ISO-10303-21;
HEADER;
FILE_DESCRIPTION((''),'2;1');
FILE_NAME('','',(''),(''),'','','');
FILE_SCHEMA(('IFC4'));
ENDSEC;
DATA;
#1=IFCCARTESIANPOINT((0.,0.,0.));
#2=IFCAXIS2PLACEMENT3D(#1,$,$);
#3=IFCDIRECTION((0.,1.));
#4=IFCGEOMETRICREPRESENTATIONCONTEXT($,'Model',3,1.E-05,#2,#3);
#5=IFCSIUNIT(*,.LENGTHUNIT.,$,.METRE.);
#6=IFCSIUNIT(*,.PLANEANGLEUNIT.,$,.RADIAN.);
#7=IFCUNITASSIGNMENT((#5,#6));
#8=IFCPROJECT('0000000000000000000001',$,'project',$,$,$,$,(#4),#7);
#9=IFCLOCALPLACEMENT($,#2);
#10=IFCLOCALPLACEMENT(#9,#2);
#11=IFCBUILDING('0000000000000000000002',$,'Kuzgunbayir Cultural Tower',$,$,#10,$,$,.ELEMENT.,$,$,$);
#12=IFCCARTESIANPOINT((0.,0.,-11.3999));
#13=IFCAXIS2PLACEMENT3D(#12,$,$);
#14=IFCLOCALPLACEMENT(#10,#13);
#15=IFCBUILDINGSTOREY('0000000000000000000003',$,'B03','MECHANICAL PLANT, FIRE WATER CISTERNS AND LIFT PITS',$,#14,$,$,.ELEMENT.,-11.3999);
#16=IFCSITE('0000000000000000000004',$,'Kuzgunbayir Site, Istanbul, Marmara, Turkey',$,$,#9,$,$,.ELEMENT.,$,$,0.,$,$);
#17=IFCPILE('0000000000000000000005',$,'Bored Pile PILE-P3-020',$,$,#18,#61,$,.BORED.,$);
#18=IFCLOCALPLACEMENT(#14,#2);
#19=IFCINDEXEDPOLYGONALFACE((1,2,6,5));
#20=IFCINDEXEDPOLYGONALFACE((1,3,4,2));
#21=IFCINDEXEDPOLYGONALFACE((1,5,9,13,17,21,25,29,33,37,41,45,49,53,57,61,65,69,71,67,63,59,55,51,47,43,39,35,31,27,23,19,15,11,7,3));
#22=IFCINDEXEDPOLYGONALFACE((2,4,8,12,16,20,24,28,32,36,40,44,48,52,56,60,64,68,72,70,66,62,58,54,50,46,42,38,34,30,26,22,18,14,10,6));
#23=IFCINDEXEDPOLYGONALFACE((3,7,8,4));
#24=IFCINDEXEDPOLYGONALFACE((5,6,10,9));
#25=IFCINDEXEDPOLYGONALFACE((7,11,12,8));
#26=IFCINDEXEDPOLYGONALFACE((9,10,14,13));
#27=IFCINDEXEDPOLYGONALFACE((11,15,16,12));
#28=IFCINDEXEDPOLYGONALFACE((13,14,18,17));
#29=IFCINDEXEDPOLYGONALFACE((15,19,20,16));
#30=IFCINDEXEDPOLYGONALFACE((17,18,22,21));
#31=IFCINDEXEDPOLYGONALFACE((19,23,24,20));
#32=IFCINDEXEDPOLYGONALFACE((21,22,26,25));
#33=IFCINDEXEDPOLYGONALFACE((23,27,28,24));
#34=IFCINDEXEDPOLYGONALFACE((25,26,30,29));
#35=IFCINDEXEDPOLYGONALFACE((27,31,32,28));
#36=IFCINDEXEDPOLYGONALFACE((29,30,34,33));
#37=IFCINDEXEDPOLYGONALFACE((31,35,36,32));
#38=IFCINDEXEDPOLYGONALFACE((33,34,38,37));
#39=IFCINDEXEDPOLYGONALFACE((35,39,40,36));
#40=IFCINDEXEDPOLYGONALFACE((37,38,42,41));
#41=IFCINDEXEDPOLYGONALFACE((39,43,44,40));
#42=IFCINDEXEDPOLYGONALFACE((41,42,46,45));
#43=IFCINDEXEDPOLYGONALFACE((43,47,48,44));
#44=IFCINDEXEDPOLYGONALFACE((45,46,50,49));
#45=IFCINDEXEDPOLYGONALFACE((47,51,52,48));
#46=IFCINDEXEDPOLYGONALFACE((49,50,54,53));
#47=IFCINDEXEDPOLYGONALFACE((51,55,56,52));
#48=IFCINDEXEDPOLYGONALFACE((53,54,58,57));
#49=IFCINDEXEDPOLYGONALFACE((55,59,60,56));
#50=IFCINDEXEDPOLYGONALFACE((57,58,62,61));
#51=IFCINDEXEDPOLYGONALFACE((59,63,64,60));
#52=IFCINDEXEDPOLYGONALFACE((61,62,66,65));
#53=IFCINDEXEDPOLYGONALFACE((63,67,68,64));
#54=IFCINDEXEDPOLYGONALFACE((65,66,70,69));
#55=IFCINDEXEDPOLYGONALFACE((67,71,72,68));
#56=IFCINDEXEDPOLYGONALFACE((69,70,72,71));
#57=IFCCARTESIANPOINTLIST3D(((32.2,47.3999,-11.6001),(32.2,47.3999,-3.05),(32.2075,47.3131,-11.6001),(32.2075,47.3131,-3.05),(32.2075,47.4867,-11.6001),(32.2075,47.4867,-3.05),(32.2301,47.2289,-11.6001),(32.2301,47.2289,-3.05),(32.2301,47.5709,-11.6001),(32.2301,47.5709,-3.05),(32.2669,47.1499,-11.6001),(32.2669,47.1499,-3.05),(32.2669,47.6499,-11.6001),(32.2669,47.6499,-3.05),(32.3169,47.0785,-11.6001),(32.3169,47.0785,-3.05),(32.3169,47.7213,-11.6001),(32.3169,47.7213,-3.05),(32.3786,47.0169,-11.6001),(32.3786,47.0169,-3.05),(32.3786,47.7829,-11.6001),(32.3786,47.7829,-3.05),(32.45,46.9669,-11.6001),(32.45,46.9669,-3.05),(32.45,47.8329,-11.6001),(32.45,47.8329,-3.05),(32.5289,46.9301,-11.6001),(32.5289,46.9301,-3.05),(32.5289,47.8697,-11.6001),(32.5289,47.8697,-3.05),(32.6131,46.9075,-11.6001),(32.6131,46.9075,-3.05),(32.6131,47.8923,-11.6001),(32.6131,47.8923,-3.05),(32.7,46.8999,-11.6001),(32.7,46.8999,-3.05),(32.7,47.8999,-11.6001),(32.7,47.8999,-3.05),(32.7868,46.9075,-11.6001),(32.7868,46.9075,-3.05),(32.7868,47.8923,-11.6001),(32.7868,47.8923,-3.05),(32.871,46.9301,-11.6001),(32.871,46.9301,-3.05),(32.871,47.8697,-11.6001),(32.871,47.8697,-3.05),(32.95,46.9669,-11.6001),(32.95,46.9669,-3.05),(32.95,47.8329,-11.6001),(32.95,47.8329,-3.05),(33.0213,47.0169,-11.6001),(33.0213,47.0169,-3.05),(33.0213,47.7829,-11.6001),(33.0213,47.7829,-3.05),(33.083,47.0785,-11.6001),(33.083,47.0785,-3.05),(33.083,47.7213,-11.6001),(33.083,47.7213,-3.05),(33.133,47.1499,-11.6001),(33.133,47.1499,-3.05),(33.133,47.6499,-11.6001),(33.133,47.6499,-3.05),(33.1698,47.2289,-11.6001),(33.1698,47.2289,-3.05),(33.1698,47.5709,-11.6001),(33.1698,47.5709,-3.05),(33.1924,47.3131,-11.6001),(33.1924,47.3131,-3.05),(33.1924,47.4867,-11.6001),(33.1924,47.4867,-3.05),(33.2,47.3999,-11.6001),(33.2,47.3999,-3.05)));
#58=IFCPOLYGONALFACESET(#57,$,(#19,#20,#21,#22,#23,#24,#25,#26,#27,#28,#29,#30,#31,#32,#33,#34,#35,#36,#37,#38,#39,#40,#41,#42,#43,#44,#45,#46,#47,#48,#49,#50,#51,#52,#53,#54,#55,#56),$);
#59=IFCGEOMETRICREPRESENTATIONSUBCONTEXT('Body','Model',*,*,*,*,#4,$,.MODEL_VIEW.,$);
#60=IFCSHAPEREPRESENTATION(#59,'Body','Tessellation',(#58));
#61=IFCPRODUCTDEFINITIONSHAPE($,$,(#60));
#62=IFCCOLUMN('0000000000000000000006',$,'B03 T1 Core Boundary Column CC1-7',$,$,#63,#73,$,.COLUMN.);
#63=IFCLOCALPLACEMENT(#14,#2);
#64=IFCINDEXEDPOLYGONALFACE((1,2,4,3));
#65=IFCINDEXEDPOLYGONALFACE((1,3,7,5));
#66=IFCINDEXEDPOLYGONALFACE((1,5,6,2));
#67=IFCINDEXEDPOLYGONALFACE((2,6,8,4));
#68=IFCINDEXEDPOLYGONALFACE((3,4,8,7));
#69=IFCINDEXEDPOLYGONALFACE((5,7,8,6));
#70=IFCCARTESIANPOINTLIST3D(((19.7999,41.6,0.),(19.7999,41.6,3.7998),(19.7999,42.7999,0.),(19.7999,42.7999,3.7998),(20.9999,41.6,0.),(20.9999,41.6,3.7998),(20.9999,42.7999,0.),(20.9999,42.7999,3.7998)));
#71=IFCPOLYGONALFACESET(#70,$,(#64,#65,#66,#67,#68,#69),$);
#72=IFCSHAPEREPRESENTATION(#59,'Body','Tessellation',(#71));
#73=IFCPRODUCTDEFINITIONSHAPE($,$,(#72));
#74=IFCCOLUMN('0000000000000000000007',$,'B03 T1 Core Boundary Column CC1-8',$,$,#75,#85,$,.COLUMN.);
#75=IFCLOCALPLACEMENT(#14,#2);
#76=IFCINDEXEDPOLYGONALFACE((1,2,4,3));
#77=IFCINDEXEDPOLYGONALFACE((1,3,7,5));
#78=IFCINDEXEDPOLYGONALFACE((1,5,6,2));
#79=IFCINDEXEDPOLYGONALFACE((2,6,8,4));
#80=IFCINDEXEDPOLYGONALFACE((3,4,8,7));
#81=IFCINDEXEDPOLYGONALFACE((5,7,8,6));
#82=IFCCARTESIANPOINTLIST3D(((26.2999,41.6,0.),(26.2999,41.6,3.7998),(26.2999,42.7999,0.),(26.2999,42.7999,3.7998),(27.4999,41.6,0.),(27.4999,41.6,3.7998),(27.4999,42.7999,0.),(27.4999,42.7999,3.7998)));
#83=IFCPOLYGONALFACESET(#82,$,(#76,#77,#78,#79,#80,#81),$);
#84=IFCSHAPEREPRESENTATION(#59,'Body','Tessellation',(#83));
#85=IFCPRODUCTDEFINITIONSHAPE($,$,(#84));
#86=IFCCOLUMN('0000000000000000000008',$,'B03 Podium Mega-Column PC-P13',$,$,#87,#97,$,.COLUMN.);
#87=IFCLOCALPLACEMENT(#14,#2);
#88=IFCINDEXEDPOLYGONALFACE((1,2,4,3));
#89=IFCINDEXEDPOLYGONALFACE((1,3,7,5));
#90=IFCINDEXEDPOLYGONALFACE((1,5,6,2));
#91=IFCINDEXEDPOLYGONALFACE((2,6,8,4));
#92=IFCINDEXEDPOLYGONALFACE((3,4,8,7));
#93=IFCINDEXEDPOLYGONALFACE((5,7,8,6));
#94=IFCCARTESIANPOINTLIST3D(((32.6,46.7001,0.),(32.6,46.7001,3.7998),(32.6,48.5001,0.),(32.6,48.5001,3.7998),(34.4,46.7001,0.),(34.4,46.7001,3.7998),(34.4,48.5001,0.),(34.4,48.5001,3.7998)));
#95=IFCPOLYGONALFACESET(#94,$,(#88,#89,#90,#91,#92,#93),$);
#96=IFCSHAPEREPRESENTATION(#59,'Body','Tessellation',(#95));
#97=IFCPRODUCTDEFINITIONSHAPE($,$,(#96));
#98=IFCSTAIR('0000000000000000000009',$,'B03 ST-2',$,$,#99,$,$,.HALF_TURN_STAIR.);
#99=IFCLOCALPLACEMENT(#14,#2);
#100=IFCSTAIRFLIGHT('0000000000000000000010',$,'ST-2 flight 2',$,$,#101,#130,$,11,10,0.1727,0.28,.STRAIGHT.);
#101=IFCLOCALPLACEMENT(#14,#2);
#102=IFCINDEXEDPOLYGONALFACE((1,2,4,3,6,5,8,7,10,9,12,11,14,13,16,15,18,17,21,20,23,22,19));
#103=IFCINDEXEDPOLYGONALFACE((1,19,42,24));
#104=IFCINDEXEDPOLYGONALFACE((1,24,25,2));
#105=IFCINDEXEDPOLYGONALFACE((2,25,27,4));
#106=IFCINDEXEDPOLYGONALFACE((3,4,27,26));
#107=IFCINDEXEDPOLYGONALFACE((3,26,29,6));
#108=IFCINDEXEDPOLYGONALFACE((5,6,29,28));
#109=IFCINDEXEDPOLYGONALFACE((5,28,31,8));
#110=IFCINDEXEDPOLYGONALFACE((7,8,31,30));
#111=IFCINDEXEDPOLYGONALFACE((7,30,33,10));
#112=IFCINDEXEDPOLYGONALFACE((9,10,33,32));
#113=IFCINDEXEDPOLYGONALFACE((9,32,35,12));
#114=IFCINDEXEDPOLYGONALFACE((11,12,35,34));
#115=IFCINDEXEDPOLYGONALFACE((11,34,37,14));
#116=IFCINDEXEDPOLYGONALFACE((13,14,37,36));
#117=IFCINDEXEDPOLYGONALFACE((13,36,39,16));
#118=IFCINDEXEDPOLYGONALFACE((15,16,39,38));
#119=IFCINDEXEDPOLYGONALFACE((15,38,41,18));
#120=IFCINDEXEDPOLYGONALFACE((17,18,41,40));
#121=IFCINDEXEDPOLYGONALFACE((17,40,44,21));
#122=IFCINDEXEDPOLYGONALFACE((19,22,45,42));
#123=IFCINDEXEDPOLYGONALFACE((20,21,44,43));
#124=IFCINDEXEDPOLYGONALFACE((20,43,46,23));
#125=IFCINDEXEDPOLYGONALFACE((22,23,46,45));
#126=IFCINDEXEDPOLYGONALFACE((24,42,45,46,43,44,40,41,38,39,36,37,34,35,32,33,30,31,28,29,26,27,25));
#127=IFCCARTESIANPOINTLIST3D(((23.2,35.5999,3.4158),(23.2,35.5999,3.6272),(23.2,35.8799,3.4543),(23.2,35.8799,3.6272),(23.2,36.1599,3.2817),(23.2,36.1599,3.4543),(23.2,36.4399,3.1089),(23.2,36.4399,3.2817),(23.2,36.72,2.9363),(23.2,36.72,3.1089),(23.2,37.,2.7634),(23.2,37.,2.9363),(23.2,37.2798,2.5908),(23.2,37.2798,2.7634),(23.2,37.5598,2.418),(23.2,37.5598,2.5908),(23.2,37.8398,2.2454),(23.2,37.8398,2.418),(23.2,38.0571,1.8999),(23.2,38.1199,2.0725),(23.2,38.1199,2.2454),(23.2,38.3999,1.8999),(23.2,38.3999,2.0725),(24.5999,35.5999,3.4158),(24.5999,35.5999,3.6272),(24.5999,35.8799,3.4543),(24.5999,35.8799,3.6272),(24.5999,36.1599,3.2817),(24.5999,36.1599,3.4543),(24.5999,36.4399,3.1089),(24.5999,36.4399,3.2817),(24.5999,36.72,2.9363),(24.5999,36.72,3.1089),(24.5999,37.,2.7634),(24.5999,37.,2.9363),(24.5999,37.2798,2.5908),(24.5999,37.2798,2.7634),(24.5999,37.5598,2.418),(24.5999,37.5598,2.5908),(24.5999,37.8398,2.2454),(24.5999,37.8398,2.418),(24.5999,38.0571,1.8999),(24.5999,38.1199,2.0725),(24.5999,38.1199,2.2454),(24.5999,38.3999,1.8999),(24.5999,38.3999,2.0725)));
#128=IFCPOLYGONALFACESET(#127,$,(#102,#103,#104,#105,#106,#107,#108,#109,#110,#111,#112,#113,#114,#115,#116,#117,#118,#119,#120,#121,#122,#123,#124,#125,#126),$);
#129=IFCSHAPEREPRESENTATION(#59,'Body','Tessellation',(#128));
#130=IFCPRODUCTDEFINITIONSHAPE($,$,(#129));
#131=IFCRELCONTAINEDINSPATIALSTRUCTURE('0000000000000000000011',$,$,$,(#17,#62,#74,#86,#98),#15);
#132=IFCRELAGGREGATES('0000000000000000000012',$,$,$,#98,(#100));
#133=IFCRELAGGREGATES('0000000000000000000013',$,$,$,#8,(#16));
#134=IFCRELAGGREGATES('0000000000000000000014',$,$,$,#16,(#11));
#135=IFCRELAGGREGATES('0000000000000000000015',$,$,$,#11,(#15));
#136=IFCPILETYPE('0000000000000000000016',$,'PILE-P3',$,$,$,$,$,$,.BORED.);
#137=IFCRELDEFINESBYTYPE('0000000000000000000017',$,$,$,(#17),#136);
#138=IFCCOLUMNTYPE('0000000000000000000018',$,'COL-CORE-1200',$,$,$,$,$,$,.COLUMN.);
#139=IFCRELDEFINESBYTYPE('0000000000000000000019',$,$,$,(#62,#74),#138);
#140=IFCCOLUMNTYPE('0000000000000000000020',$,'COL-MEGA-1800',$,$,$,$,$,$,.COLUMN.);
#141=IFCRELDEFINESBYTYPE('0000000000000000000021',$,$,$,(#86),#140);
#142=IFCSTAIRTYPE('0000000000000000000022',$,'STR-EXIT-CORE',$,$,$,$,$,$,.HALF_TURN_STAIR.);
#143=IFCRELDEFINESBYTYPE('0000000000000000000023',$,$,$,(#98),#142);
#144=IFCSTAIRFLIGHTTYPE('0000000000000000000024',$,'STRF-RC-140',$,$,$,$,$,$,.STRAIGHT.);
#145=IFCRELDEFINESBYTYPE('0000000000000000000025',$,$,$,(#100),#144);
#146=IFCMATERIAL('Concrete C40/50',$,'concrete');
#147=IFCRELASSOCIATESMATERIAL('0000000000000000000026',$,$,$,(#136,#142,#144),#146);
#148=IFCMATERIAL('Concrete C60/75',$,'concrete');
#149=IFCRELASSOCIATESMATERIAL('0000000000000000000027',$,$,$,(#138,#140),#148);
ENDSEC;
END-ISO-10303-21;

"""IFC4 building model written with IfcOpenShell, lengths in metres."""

from ifc_helpers import new_model, si_unit, direction, frame, origin, origin_2d, place, context, subcontext, project, spatial, polyline, rectangle, circle, outline, extrude, material, material_profile, profile_set, type_object, element, aggregate, save


model = new_model("IFC4")

# Units and contexts
model_context = context("Model", 3, precision=1e-05, world=origin(), true_north=direction((0.0, 1.0)))
body_context = subcontext(model_context, "Body", "Model", "MODEL_VIEW")
ifc_project = project(units=[si_unit("LENGTHUNIT", "METRE"), si_unit("PLANEANGLEUNIT", "RADIAN")], contexts=[model_context])

# Site, building, storey
site_placement = place(None, origin())
site = spatial("IfcSite", under=ifc_project, at=site_placement, Name="Kuzgunbayir Site, Istanbul, Marmara, Turkey", CompositionType="ELEMENT", RefElevation=0.0)
building_placement = place(site_placement, origin())
building = spatial("IfcBuilding", under=site, at=building_placement, Name="Kuzgunbayir Cultural Tower", CompositionType="ELEMENT")
storey_placement = place(building_placement, frame((0.0, 0.0, -11.3999)))
storey = spatial("IfcBuildingStorey", under=building, at=storey_placement, Name="B03", Description="MECHANICAL PLANT, FIRE WATER CISTERNS AND LIFT PITS", CompositionType="ELEMENT", Elevation=-11.3999)

# Pile
ifc_material_1 = material(Name="Concrete C40/50", Category="concrete")
ifc_material_profile_1 = material_profile(ifc_material_1, circle(Radius=0.5, at=origin_2d()), Name="BORED PILE 1000")
ifc_profile_set_1 = profile_set([ifc_material_profile_1], Name="Concrete C40/50")
pile_type_1 = type_object("IfcPileType", Name="PILE-P3", PredefinedType="BORED", material=ifc_profile_set_1)
for number, where, z_axis, x_axis, name in (
    (1, (32.7, 47.3999, -3.05), (0.0, 0.0, -1.0), (1.0, 0.0, 0.0), "Bored Pile PILE-P3-020"),
):
    element("IfcPile", number, at=place(storey_placement, frame(where, z_axis=z_axis, x_axis=x_axis)), inside=storey, type_object=pile_type_1, Name=name, PredefinedType="BORED", context=body_context, shape_type="SweptSolid", body=[
        extrude(circle(Radius=0.5, at=origin_2d()), origin(), (0.0, 0.0, 1.0), 8.55),
    ])

# Columns
ifc_material_2 = material(Name="Concrete C60/75", Category="concrete")
ifc_material_profile_2 = material_profile(ifc_material_2, rectangle(XDim=1.2, YDim=1.2, at=origin_2d()), Name="RC 1200x1200")
ifc_profile_set_2 = profile_set([ifc_material_profile_2], Name="Concrete C60/75")
column_type_1 = type_object("IfcColumnType", Name="COL-CORE-1200", PredefinedType="COLUMN", material=ifc_profile_set_2)
for number, where, z_axis, x_axis, name in (
    (2, (20.3999, 42.2, 0.0), (0.0, 0.0, 1.0), (1.0, 0.0, 0.0), "B03 T1 Core Boundary Column CC1-7"),
    (3, (26.8999, 42.2, 0.0), (0.0, 0.0, 1.0), (1.0, 0.0, 0.0), "B03 T1 Core Boundary Column CC1-8"),
):
    element("IfcColumn", number, at=place(storey_placement, frame(where, z_axis=z_axis, x_axis=x_axis)), inside=storey, type_object=column_type_1, Name=name, PredefinedType="COLUMN", context=body_context, shape_type="SweptSolid", body=[
        extrude(rectangle(XDim=1.2, YDim=1.2, at=origin_2d()), origin(), (0.0, 0.0, 1.0), 3.7998),
    ])
ifc_material_profile_3 = material_profile(ifc_material_2, rectangle(XDim=1.8, YDim=1.8, at=origin_2d()), Name="RC 1800x1800")
ifc_profile_set_3 = profile_set([ifc_material_profile_3], Name="Concrete C60/75")
column_type_2 = type_object("IfcColumnType", Name="COL-MEGA-1800", PredefinedType="COLUMN", material=ifc_profile_set_3)
column_placement = place(storey_placement, frame((33.5, 47.6001, 0.0), z_axis=(0.0, 0.0, 1.0), x_axis=(1.0, 0.0, 0.0)))
element("IfcColumn", 4, at=column_placement, inside=storey, type_object=column_type_2, Name="B03 Podium Mega-Column PC-P13", PredefinedType="COLUMN", context=body_context, shape_type="SweptSolid", body=[
    extrude(rectangle(XDim=1.8, YDim=1.8, at=origin_2d()), origin(), (0.0, 0.0, 1.0), 3.7998),
])

# Stair, stair flight
stair_type = type_object("IfcStairType", Name="STR-EXIT-CORE", PredefinedType="HALF_TURN_STAIR", material=ifc_material_1)
stair_placement = place(storey_placement, origin())
stair = element("IfcStair", 5, at=stair_placement, inside=storey, type_object=stair_type, Name="B03 ST-2", PredefinedType="HALF_TURN_STAIR")
stair_flight_type = type_object("IfcStairFlightType", Name="STRF-RC-140", PredefinedType="STRAIGHT", material=ifc_material_1)
stair_flight_placement = place(storey_placement, frame((23.8999, 38.3999, 1.8999), z_axis=(0.0, 0.0, 1.0), x_axis=(0.0, -1.0, 0.0)))
stair_flight = element("IfcStairFlight", 6, at=stair_flight_placement, type_object=stair_flight_type, Name="ST-2 flight 2", NumberOfRisers=11, NumberOfTreads=10, PredefinedType="STRAIGHT", RiserHeight=0.1727, TreadLength=0.28, context=body_context, shape_type="SweptSolid", body=[
    extrude(outline(polyline([(0.0, 0.0), (0.0, 0.1726), (0.28, 0.1726), (0.28, 0.3455), (0.5601, 0.3455), (0.5601, 0.5181), (0.8401, 0.5181), (0.8401, 0.6909), (1.1201, 0.6909), (1.1201, 0.8635), (1.3999, 0.8635), (1.3999, 1.0364), (1.6799, 1.0364), (1.6799, 1.209), (1.96, 1.209), (1.96, 1.3818), (2.24, 1.3818), (2.24, 1.5544), (2.52, 1.5544), (2.52, 1.7273), (2.8, 1.7273), (2.8, 1.8999), (2.8, 1.5159), (0.3428, 0.0), (0.0, 0.0)])), frame((0.0, 0.7, 0.0), z_axis=(0.0, -1.0, 0.0), x_axis=(1.0, 0.0, 0.0)), (0.0, 0.0, 1.0), 1.3999),
])
aggregate(stair, [stair_flight])

save(model, "model.ifc")
